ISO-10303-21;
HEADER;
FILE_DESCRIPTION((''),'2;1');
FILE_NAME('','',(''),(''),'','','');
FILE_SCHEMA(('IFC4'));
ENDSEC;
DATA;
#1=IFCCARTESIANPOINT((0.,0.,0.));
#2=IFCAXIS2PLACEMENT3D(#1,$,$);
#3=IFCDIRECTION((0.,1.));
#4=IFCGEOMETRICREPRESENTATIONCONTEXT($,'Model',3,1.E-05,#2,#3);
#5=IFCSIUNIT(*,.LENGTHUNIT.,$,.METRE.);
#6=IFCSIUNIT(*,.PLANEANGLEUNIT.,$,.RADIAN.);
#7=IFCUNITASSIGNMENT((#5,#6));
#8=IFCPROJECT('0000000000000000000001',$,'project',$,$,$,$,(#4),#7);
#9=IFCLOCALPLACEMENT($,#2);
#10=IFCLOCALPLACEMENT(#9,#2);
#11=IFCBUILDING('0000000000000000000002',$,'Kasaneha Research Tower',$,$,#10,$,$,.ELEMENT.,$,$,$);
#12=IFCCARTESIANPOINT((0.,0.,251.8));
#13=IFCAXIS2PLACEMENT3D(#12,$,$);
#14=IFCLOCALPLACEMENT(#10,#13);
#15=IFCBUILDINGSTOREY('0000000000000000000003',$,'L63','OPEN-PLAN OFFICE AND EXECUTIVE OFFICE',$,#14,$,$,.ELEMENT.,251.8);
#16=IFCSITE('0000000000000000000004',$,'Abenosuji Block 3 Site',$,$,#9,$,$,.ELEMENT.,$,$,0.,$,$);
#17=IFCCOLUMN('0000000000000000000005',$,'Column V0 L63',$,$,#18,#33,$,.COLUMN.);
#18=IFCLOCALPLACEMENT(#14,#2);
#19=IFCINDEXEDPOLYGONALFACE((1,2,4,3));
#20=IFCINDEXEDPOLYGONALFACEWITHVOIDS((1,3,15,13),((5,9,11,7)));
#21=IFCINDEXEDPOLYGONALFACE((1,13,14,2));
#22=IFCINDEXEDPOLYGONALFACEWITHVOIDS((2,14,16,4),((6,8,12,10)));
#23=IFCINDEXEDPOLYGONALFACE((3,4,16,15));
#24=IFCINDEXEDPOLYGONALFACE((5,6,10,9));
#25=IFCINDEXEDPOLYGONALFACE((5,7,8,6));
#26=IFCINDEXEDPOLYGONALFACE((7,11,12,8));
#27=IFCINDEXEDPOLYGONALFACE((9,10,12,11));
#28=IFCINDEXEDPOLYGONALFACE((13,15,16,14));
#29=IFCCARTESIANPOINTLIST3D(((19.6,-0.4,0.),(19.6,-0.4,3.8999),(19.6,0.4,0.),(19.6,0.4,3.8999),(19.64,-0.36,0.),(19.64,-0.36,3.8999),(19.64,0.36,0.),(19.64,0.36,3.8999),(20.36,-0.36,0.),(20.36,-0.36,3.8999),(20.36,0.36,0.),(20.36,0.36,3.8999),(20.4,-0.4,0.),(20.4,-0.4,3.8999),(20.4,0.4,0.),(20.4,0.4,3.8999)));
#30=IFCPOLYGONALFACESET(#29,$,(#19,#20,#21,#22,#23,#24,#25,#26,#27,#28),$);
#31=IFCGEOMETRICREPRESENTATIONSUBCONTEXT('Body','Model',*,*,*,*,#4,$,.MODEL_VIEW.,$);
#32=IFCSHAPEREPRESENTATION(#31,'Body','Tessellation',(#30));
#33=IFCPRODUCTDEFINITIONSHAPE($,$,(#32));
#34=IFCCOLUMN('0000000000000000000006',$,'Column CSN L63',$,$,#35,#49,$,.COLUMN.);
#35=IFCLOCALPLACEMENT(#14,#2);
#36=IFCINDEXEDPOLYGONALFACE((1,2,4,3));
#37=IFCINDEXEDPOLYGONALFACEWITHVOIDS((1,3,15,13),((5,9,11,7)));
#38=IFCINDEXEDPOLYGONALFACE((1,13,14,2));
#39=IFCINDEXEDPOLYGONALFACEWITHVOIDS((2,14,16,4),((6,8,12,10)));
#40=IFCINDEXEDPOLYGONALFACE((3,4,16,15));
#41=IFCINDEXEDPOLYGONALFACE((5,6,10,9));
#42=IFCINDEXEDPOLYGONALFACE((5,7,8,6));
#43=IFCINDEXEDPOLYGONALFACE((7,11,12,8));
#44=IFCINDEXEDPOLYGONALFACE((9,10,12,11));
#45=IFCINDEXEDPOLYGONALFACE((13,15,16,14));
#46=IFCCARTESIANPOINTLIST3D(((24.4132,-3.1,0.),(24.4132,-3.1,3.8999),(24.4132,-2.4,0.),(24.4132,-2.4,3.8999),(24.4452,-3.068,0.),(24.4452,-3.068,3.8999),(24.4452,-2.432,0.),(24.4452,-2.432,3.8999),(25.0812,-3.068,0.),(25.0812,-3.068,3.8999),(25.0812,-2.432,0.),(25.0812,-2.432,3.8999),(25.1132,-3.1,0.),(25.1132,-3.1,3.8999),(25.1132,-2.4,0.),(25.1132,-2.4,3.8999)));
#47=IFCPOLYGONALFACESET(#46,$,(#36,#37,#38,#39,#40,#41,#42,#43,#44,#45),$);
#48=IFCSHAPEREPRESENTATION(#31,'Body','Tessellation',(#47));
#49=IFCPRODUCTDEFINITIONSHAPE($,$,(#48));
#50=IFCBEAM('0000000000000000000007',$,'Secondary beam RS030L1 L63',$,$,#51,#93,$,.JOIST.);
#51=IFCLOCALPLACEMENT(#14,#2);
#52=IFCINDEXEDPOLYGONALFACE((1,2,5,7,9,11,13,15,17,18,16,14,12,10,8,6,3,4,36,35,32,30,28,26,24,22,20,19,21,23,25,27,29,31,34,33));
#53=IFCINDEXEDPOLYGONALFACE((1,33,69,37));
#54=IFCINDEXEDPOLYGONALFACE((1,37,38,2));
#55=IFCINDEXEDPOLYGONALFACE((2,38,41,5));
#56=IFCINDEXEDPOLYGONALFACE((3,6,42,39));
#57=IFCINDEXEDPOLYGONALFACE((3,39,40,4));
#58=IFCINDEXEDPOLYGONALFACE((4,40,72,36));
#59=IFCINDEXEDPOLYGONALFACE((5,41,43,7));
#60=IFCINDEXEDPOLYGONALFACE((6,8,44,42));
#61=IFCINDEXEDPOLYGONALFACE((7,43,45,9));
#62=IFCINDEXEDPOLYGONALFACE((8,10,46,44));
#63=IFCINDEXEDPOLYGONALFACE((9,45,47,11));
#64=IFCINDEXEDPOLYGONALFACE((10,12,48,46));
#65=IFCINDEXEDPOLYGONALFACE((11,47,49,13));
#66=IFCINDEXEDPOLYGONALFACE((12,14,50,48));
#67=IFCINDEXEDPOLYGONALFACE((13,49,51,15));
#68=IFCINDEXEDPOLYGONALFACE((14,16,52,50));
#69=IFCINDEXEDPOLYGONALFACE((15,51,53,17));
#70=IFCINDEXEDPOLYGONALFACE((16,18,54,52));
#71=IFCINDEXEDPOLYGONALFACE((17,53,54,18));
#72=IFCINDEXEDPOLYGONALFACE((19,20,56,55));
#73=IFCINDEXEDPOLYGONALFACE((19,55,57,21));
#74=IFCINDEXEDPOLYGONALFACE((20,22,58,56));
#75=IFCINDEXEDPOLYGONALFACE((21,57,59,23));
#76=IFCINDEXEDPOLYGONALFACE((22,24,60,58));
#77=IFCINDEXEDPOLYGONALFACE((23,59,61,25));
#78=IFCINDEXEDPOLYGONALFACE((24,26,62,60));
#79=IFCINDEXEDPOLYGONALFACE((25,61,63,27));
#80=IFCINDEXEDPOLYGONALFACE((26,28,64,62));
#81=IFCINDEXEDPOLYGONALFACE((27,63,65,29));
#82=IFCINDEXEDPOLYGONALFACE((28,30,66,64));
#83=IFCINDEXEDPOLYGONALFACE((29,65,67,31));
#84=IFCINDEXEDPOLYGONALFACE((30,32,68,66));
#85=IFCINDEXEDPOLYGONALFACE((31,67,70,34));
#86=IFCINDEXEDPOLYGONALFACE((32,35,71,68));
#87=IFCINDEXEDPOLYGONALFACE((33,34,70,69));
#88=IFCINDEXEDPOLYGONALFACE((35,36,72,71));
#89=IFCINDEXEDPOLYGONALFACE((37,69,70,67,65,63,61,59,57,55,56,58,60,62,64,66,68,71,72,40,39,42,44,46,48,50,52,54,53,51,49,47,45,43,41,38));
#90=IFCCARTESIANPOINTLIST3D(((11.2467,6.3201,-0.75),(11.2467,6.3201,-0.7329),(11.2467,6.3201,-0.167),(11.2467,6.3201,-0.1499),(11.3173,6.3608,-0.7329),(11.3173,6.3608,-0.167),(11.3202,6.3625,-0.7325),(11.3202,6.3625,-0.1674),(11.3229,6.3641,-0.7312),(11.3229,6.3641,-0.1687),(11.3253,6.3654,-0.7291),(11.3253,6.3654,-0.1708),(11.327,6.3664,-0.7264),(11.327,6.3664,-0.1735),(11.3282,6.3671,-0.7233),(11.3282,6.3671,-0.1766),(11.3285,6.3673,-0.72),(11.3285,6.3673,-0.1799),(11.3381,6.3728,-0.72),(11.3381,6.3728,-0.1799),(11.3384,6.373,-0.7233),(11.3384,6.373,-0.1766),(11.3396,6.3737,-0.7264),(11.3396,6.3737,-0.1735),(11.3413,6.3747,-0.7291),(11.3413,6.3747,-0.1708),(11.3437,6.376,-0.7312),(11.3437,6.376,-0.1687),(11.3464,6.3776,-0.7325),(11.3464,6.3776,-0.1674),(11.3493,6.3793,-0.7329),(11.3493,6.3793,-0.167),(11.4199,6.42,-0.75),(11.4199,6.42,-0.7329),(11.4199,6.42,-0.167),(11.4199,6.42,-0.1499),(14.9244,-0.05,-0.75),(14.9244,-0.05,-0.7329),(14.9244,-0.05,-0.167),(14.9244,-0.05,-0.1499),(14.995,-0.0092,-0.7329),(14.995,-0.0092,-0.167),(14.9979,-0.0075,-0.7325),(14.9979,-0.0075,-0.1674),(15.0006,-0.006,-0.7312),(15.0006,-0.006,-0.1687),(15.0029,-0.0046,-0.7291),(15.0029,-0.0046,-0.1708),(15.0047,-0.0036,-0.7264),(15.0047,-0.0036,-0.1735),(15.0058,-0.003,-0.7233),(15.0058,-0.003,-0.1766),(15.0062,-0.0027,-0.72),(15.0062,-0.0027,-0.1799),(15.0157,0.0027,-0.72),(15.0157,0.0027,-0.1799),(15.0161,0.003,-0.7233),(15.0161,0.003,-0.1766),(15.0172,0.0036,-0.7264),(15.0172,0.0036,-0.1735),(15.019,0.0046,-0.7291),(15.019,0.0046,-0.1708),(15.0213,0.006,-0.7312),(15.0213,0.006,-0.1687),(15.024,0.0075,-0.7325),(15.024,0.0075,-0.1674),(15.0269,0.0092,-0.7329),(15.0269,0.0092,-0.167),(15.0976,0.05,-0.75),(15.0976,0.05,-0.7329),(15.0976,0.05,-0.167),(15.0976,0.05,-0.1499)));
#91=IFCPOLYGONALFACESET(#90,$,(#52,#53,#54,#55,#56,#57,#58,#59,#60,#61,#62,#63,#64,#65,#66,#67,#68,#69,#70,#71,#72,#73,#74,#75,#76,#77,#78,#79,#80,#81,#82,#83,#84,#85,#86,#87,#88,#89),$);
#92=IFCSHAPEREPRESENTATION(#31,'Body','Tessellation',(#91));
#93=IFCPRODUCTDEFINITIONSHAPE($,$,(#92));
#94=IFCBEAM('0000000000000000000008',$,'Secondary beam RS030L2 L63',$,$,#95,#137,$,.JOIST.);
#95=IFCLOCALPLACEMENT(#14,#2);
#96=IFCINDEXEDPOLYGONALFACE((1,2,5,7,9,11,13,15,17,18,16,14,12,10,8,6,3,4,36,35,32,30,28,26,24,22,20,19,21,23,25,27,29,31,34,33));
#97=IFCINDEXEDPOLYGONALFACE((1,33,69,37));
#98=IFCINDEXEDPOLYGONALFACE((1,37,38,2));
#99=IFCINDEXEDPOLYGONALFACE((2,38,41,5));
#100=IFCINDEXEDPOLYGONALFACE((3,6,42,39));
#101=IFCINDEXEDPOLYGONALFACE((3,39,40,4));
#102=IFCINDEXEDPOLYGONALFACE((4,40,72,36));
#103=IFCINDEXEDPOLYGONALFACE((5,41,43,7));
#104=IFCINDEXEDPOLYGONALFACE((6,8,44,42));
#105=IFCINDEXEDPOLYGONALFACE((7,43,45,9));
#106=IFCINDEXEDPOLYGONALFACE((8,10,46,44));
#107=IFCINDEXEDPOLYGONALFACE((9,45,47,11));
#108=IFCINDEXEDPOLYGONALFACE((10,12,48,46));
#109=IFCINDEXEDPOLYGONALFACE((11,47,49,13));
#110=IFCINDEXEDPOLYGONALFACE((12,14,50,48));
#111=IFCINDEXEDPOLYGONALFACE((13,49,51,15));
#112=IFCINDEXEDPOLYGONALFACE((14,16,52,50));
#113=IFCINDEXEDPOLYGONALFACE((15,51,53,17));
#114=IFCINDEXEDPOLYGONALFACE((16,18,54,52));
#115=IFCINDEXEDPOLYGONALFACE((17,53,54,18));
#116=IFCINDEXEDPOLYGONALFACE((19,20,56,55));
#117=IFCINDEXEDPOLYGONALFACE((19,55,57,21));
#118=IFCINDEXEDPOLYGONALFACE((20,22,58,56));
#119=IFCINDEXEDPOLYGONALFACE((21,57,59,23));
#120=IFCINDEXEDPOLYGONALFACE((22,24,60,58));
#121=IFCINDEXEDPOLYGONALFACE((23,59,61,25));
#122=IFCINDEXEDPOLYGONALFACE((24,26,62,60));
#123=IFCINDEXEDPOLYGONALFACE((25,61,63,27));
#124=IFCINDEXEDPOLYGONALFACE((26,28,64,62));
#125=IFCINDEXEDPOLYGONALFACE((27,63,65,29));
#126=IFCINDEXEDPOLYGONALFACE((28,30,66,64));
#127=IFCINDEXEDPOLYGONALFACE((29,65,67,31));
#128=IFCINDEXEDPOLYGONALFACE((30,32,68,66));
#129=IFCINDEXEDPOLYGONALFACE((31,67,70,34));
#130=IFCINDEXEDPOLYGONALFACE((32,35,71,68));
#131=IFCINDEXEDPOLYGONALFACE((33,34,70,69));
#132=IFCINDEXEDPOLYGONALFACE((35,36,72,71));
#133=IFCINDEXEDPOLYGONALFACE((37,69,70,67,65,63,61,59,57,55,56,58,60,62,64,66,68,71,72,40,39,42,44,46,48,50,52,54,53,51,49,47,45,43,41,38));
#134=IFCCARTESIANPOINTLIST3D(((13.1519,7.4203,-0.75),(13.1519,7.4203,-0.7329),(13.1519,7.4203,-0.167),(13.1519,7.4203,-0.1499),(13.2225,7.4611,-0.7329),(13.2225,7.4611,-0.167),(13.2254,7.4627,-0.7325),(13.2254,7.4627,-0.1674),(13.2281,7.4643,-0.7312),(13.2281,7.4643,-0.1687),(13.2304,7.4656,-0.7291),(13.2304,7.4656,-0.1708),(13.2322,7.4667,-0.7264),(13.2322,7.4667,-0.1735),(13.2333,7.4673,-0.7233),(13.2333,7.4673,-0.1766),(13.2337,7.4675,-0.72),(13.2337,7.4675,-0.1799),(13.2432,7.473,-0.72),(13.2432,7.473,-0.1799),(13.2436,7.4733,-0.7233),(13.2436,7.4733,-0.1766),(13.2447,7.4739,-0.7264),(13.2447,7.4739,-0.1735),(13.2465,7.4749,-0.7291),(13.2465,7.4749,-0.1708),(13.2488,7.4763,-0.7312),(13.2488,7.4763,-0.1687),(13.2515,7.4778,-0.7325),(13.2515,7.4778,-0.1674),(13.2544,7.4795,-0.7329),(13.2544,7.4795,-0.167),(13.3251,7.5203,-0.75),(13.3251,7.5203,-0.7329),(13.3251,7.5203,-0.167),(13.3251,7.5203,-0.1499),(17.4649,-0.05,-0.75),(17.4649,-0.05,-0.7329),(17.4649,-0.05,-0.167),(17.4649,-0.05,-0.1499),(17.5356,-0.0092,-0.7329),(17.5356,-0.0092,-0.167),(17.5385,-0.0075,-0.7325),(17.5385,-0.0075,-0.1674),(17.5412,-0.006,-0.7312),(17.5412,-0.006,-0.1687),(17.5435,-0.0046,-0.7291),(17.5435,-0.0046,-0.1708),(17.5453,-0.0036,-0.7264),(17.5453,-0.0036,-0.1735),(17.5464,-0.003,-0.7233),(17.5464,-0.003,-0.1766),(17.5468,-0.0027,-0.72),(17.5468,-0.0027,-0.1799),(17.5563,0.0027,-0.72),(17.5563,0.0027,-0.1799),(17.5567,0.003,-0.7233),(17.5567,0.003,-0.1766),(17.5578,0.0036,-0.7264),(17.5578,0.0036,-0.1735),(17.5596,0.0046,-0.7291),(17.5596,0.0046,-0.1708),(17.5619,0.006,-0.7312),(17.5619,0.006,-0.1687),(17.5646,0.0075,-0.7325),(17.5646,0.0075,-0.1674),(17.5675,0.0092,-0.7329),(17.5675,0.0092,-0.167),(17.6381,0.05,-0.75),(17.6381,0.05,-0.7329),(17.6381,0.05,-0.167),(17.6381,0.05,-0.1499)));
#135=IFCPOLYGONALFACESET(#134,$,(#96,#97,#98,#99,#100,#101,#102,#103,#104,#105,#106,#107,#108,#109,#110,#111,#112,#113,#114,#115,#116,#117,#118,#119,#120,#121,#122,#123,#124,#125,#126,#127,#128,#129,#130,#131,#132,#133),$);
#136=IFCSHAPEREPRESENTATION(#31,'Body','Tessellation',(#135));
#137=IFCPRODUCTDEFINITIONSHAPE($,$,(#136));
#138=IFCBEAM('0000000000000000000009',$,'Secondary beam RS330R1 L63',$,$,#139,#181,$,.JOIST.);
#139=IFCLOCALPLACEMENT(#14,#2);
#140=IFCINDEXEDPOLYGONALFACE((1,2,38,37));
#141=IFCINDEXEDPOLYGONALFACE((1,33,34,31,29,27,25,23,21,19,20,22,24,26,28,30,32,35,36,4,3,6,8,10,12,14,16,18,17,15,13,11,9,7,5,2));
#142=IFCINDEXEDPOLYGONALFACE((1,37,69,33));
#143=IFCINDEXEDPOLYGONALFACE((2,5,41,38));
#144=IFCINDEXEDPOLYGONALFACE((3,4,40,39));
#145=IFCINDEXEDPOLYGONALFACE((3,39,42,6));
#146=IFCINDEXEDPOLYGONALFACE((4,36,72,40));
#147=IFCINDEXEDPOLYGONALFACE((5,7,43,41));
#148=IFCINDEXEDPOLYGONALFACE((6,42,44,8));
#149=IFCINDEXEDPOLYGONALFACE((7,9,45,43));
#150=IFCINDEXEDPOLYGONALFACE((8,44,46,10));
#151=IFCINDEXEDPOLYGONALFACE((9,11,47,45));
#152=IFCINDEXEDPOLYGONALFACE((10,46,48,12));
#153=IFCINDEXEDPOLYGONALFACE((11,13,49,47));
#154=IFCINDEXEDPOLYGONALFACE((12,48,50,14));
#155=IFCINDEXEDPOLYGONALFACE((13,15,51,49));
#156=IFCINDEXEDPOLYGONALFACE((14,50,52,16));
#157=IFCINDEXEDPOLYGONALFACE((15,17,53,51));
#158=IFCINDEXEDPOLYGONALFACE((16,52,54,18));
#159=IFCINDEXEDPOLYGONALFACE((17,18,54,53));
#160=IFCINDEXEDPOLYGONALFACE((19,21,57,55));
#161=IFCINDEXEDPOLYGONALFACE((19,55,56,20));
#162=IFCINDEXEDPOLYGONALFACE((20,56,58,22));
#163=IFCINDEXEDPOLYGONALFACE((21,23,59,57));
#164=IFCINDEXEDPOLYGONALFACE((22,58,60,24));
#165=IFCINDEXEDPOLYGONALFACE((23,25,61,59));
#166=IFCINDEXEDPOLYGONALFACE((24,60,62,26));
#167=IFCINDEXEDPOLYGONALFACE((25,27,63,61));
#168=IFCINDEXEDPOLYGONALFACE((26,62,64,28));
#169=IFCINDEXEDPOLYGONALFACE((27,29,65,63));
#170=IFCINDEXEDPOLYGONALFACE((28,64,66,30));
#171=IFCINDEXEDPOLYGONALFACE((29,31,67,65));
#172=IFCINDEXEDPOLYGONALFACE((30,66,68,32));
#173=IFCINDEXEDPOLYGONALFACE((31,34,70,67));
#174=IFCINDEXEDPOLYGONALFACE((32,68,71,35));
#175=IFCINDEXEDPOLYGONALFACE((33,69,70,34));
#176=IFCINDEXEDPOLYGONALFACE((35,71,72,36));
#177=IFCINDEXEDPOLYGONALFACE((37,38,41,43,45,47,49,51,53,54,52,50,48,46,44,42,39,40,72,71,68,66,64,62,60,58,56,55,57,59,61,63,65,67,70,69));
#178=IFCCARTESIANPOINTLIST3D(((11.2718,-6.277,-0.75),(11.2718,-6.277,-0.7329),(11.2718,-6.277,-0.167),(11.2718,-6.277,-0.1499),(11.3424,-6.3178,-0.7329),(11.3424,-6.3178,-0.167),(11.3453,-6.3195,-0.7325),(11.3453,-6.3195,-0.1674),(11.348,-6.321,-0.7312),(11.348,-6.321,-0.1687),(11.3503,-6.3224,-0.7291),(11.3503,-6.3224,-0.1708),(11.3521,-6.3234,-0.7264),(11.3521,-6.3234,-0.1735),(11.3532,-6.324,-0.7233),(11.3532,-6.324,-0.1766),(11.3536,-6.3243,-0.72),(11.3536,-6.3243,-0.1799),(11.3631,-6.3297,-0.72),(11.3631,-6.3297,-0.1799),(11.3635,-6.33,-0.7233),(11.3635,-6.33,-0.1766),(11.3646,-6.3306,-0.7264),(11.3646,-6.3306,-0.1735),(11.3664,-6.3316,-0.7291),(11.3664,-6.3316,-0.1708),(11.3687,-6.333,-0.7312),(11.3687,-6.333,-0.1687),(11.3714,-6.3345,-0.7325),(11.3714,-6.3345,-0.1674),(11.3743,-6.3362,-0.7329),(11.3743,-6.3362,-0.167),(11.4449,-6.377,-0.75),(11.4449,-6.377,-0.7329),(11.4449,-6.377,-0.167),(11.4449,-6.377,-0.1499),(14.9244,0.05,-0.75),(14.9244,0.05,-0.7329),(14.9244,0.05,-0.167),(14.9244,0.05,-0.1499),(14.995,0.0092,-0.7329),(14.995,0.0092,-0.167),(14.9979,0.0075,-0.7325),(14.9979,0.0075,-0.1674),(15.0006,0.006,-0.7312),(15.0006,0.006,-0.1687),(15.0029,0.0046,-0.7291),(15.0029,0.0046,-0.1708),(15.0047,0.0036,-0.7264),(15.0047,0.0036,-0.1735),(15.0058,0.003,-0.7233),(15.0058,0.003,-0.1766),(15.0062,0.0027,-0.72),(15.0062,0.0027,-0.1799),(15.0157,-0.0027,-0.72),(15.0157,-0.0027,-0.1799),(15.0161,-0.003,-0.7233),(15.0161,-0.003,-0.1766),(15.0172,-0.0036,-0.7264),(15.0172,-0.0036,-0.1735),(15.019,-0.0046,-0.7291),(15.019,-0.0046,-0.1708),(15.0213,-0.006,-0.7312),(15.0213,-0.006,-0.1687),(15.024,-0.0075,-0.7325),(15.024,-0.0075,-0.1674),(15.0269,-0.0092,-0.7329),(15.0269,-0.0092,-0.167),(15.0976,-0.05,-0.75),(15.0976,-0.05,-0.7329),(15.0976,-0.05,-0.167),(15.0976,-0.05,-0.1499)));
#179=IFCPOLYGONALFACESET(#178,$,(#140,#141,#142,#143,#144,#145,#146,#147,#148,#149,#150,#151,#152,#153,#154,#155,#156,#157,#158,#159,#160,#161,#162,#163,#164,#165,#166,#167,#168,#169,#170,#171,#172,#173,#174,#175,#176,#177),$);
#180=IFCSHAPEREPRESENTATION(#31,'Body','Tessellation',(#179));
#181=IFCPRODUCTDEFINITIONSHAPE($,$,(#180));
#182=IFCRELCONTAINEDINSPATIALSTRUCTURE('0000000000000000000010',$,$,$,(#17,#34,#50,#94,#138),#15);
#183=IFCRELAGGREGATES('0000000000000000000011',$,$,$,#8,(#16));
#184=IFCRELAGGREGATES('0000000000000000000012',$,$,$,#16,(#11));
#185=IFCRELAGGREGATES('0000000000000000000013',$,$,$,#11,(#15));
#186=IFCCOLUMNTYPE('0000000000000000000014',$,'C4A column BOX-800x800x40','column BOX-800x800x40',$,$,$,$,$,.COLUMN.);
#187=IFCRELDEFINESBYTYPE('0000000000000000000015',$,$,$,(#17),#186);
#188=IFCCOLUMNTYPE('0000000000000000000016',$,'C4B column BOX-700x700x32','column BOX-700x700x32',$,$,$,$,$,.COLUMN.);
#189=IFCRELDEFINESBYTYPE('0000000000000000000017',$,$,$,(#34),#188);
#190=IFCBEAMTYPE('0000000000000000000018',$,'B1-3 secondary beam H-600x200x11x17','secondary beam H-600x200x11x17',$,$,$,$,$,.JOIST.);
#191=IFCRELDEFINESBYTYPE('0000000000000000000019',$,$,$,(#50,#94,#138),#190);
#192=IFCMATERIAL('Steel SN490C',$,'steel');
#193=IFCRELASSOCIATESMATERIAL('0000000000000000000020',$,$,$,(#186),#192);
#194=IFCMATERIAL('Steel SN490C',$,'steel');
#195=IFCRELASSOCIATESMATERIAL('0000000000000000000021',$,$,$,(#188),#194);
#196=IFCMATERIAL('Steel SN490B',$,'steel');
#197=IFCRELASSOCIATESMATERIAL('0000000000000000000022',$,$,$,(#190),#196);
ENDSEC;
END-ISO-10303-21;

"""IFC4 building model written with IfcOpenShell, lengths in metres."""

from ifc_helpers import new_model, si_unit, direction, frame, origin, origin_2d, place, context, subcontext, project, spatial, hollow_rectangle, i_section, extrude, material, material_profile, profile_set, type_object, element, save


model = new_model("IFC4")

# Units and contexts
model_context = context("Model", 3, precision=1e-05, world=origin(), true_north=direction((0.0, 1.0)))
body_context = subcontext(model_context, "Body", "Model", "MODEL_VIEW")
ifc_project = project(units=[si_unit("LENGTHUNIT", "METRE"), si_unit("PLANEANGLEUNIT", "RADIAN")], contexts=[model_context])

# Site, building, storey
site_placement = place(None, origin())
site = spatial("IfcSite", under=ifc_project, at=site_placement, Name="Abenosuji Block 3 Site", CompositionType="ELEMENT", RefElevation=0.0)
building_placement = place(site_placement, origin())
building = spatial("IfcBuilding", under=site, at=building_placement, Name="Kasaneha Research Tower", CompositionType="ELEMENT")
storey_placement = place(building_placement, frame((0.0, 0.0, 251.8)))
storey = spatial("IfcBuildingStorey", under=building, at=storey_placement, Name="L63", Description="OPEN-PLAN OFFICE AND EXECUTIVE OFFICE", CompositionType="ELEMENT", Elevation=251.8)

# Columns
ifc_material_1 = material(Name="Steel SN490C", Category="steel")
ifc_material_profile_1 = material_profile(ifc_material_1, hollow_rectangle(XDim=0.8, YDim=0.8, WallThickness=0.04, at=origin_2d()), Name="BOX-800x800x40")
ifc_profile_set_1 = profile_set([ifc_material_profile_1], Name="Steel SN490C")
column_type_1 = type_object("IfcColumnType", Name="C4A column BOX-800x800x40", Description="column BOX-800x800x40", PredefinedType="COLUMN", material=ifc_profile_set_1)
column_1_placement = place(storey_placement, frame((20.0, 0.0, 0.0), z_axis=(0.0, 0.0, 1.0), x_axis=(1.0, 0.0, 0.0)))
element("IfcColumn", 1, at=column_1_placement, inside=storey, type_object=column_type_1, Name="Column V0 L63", PredefinedType="COLUMN", context=body_context, shape_type="SweptSolid", body=[
    extrude(hollow_rectangle(XDim=0.8, YDim=0.8, WallThickness=0.04, at=origin_2d()), origin(), (0.0, 0.0, 1.0), 3.8999),
])
ifc_material_2 = material(Name="Steel SN490C", Category="steel")
ifc_material_profile_2 = material_profile(ifc_material_2, hollow_rectangle(XDim=0.7, YDim=0.7, WallThickness=0.032, at=origin_2d()), Name="BOX-700x700x32")
ifc_profile_set_2 = profile_set([ifc_material_profile_2], Name="Steel SN490C")
column_type_2 = type_object("IfcColumnType", Name="C4B column BOX-700x700x32", Description="column BOX-700x700x32", PredefinedType="COLUMN", material=ifc_profile_set_2)
column_2_placement = place(storey_placement, frame((24.7632, -2.75, 0.0), z_axis=(0.0, 0.0, 1.0), x_axis=(1.0, 0.0, 0.0)))
element("IfcColumn", 2, at=column_2_placement, inside=storey, type_object=column_type_2, Name="Column CSN L63", PredefinedType="COLUMN", context=body_context, shape_type="SweptSolid", body=[
    extrude(hollow_rectangle(XDim=0.7, YDim=0.7, WallThickness=0.032, at=origin_2d()), origin(), (0.0, 0.0, 1.0), 3.8999),
])

# Beams
ifc_material_3 = material(Name="Steel SN490B", Category="steel")
ifc_material_profile_3 = material_profile(ifc_material_3, i_section(OverallWidth=0.2, OverallDepth=0.6001, WebThickness=0.011, FlangeThickness=0.0171, FilletRadius=0.0129, at=origin_2d()), Name="H-600x200x11x17")
ifc_profile_set_3 = profile_set([ifc_material_profile_3], Name="Steel SN490B")
beam_type_1 = type_object("IfcBeamType", Name="B1-3 secondary beam H-600x200x11x17", Description="secondary beam H-600x200x11x17", PredefinedType="JOIST", material=ifc_profile_set_3)
beam_1_placement = place(storey_placement, frame((15.011, 0.0, -0.45), z_axis=(-0.499994, 0.866029, 0.0), x_axis=(-0.866029, -0.499994, 0.0)))
element("IfcBeam", 3, at=beam_1_placement, inside=storey, type_object=beam_type_1, Name="Secondary beam RS030L1 L63", PredefinedType="JOIST", context=body_context, shape_type="SweptSolid", body=[
    extrude(i_section(OverallWidth=0.2, OverallDepth=0.6001, WebThickness=0.011, FlangeThickness=0.0171, FilletRadius=0.0129, at=origin_2d()), origin(), (0.0, 0.0, 1.0), 7.3555),
])
beam_2_placement = place(storey_placement, frame((17.5515, 0.0, -0.45), z_axis=(-0.500005, 0.866023, 0.0), x_axis=(-0.866023, -0.500005, 0.0)))
element("IfcBeam", 4, at=beam_2_placement, inside=storey, type_object=beam_type_1, Name="Secondary beam RS030L2 L63", PredefinedType="JOIST", context=body_context, shape_type="SweptSolid", body=[
    extrude(i_section(OverallWidth=0.2, OverallDepth=0.6001, WebThickness=0.011, FlangeThickness=0.0171, FilletRadius=0.0129, at=origin_2d()), origin(), (0.0, 0.0, 1.0), 8.626),
])
beam_3_placement = place(storey_placement, frame((15.011, 0.0, -0.45), z_axis=(-0.499974, -0.86604, 0.0), x_axis=(0.86604, -0.499974, 0.0)))
element("IfcBeam", 5, at=beam_3_placement, inside=storey, type_object=beam_type_1, Name="Secondary beam RS330R1 L63", PredefinedType="JOIST", context=body_context, shape_type="SweptSolid", body=[
    extrude(i_section(OverallWidth=0.2, OverallDepth=0.6001, WebThickness=0.011, FlangeThickness=0.0171, FilletRadius=0.0129, at=origin_2d()), origin(), (0.0, 0.0, 1.0), 7.3057),
])

save(model, "model.ifc")
